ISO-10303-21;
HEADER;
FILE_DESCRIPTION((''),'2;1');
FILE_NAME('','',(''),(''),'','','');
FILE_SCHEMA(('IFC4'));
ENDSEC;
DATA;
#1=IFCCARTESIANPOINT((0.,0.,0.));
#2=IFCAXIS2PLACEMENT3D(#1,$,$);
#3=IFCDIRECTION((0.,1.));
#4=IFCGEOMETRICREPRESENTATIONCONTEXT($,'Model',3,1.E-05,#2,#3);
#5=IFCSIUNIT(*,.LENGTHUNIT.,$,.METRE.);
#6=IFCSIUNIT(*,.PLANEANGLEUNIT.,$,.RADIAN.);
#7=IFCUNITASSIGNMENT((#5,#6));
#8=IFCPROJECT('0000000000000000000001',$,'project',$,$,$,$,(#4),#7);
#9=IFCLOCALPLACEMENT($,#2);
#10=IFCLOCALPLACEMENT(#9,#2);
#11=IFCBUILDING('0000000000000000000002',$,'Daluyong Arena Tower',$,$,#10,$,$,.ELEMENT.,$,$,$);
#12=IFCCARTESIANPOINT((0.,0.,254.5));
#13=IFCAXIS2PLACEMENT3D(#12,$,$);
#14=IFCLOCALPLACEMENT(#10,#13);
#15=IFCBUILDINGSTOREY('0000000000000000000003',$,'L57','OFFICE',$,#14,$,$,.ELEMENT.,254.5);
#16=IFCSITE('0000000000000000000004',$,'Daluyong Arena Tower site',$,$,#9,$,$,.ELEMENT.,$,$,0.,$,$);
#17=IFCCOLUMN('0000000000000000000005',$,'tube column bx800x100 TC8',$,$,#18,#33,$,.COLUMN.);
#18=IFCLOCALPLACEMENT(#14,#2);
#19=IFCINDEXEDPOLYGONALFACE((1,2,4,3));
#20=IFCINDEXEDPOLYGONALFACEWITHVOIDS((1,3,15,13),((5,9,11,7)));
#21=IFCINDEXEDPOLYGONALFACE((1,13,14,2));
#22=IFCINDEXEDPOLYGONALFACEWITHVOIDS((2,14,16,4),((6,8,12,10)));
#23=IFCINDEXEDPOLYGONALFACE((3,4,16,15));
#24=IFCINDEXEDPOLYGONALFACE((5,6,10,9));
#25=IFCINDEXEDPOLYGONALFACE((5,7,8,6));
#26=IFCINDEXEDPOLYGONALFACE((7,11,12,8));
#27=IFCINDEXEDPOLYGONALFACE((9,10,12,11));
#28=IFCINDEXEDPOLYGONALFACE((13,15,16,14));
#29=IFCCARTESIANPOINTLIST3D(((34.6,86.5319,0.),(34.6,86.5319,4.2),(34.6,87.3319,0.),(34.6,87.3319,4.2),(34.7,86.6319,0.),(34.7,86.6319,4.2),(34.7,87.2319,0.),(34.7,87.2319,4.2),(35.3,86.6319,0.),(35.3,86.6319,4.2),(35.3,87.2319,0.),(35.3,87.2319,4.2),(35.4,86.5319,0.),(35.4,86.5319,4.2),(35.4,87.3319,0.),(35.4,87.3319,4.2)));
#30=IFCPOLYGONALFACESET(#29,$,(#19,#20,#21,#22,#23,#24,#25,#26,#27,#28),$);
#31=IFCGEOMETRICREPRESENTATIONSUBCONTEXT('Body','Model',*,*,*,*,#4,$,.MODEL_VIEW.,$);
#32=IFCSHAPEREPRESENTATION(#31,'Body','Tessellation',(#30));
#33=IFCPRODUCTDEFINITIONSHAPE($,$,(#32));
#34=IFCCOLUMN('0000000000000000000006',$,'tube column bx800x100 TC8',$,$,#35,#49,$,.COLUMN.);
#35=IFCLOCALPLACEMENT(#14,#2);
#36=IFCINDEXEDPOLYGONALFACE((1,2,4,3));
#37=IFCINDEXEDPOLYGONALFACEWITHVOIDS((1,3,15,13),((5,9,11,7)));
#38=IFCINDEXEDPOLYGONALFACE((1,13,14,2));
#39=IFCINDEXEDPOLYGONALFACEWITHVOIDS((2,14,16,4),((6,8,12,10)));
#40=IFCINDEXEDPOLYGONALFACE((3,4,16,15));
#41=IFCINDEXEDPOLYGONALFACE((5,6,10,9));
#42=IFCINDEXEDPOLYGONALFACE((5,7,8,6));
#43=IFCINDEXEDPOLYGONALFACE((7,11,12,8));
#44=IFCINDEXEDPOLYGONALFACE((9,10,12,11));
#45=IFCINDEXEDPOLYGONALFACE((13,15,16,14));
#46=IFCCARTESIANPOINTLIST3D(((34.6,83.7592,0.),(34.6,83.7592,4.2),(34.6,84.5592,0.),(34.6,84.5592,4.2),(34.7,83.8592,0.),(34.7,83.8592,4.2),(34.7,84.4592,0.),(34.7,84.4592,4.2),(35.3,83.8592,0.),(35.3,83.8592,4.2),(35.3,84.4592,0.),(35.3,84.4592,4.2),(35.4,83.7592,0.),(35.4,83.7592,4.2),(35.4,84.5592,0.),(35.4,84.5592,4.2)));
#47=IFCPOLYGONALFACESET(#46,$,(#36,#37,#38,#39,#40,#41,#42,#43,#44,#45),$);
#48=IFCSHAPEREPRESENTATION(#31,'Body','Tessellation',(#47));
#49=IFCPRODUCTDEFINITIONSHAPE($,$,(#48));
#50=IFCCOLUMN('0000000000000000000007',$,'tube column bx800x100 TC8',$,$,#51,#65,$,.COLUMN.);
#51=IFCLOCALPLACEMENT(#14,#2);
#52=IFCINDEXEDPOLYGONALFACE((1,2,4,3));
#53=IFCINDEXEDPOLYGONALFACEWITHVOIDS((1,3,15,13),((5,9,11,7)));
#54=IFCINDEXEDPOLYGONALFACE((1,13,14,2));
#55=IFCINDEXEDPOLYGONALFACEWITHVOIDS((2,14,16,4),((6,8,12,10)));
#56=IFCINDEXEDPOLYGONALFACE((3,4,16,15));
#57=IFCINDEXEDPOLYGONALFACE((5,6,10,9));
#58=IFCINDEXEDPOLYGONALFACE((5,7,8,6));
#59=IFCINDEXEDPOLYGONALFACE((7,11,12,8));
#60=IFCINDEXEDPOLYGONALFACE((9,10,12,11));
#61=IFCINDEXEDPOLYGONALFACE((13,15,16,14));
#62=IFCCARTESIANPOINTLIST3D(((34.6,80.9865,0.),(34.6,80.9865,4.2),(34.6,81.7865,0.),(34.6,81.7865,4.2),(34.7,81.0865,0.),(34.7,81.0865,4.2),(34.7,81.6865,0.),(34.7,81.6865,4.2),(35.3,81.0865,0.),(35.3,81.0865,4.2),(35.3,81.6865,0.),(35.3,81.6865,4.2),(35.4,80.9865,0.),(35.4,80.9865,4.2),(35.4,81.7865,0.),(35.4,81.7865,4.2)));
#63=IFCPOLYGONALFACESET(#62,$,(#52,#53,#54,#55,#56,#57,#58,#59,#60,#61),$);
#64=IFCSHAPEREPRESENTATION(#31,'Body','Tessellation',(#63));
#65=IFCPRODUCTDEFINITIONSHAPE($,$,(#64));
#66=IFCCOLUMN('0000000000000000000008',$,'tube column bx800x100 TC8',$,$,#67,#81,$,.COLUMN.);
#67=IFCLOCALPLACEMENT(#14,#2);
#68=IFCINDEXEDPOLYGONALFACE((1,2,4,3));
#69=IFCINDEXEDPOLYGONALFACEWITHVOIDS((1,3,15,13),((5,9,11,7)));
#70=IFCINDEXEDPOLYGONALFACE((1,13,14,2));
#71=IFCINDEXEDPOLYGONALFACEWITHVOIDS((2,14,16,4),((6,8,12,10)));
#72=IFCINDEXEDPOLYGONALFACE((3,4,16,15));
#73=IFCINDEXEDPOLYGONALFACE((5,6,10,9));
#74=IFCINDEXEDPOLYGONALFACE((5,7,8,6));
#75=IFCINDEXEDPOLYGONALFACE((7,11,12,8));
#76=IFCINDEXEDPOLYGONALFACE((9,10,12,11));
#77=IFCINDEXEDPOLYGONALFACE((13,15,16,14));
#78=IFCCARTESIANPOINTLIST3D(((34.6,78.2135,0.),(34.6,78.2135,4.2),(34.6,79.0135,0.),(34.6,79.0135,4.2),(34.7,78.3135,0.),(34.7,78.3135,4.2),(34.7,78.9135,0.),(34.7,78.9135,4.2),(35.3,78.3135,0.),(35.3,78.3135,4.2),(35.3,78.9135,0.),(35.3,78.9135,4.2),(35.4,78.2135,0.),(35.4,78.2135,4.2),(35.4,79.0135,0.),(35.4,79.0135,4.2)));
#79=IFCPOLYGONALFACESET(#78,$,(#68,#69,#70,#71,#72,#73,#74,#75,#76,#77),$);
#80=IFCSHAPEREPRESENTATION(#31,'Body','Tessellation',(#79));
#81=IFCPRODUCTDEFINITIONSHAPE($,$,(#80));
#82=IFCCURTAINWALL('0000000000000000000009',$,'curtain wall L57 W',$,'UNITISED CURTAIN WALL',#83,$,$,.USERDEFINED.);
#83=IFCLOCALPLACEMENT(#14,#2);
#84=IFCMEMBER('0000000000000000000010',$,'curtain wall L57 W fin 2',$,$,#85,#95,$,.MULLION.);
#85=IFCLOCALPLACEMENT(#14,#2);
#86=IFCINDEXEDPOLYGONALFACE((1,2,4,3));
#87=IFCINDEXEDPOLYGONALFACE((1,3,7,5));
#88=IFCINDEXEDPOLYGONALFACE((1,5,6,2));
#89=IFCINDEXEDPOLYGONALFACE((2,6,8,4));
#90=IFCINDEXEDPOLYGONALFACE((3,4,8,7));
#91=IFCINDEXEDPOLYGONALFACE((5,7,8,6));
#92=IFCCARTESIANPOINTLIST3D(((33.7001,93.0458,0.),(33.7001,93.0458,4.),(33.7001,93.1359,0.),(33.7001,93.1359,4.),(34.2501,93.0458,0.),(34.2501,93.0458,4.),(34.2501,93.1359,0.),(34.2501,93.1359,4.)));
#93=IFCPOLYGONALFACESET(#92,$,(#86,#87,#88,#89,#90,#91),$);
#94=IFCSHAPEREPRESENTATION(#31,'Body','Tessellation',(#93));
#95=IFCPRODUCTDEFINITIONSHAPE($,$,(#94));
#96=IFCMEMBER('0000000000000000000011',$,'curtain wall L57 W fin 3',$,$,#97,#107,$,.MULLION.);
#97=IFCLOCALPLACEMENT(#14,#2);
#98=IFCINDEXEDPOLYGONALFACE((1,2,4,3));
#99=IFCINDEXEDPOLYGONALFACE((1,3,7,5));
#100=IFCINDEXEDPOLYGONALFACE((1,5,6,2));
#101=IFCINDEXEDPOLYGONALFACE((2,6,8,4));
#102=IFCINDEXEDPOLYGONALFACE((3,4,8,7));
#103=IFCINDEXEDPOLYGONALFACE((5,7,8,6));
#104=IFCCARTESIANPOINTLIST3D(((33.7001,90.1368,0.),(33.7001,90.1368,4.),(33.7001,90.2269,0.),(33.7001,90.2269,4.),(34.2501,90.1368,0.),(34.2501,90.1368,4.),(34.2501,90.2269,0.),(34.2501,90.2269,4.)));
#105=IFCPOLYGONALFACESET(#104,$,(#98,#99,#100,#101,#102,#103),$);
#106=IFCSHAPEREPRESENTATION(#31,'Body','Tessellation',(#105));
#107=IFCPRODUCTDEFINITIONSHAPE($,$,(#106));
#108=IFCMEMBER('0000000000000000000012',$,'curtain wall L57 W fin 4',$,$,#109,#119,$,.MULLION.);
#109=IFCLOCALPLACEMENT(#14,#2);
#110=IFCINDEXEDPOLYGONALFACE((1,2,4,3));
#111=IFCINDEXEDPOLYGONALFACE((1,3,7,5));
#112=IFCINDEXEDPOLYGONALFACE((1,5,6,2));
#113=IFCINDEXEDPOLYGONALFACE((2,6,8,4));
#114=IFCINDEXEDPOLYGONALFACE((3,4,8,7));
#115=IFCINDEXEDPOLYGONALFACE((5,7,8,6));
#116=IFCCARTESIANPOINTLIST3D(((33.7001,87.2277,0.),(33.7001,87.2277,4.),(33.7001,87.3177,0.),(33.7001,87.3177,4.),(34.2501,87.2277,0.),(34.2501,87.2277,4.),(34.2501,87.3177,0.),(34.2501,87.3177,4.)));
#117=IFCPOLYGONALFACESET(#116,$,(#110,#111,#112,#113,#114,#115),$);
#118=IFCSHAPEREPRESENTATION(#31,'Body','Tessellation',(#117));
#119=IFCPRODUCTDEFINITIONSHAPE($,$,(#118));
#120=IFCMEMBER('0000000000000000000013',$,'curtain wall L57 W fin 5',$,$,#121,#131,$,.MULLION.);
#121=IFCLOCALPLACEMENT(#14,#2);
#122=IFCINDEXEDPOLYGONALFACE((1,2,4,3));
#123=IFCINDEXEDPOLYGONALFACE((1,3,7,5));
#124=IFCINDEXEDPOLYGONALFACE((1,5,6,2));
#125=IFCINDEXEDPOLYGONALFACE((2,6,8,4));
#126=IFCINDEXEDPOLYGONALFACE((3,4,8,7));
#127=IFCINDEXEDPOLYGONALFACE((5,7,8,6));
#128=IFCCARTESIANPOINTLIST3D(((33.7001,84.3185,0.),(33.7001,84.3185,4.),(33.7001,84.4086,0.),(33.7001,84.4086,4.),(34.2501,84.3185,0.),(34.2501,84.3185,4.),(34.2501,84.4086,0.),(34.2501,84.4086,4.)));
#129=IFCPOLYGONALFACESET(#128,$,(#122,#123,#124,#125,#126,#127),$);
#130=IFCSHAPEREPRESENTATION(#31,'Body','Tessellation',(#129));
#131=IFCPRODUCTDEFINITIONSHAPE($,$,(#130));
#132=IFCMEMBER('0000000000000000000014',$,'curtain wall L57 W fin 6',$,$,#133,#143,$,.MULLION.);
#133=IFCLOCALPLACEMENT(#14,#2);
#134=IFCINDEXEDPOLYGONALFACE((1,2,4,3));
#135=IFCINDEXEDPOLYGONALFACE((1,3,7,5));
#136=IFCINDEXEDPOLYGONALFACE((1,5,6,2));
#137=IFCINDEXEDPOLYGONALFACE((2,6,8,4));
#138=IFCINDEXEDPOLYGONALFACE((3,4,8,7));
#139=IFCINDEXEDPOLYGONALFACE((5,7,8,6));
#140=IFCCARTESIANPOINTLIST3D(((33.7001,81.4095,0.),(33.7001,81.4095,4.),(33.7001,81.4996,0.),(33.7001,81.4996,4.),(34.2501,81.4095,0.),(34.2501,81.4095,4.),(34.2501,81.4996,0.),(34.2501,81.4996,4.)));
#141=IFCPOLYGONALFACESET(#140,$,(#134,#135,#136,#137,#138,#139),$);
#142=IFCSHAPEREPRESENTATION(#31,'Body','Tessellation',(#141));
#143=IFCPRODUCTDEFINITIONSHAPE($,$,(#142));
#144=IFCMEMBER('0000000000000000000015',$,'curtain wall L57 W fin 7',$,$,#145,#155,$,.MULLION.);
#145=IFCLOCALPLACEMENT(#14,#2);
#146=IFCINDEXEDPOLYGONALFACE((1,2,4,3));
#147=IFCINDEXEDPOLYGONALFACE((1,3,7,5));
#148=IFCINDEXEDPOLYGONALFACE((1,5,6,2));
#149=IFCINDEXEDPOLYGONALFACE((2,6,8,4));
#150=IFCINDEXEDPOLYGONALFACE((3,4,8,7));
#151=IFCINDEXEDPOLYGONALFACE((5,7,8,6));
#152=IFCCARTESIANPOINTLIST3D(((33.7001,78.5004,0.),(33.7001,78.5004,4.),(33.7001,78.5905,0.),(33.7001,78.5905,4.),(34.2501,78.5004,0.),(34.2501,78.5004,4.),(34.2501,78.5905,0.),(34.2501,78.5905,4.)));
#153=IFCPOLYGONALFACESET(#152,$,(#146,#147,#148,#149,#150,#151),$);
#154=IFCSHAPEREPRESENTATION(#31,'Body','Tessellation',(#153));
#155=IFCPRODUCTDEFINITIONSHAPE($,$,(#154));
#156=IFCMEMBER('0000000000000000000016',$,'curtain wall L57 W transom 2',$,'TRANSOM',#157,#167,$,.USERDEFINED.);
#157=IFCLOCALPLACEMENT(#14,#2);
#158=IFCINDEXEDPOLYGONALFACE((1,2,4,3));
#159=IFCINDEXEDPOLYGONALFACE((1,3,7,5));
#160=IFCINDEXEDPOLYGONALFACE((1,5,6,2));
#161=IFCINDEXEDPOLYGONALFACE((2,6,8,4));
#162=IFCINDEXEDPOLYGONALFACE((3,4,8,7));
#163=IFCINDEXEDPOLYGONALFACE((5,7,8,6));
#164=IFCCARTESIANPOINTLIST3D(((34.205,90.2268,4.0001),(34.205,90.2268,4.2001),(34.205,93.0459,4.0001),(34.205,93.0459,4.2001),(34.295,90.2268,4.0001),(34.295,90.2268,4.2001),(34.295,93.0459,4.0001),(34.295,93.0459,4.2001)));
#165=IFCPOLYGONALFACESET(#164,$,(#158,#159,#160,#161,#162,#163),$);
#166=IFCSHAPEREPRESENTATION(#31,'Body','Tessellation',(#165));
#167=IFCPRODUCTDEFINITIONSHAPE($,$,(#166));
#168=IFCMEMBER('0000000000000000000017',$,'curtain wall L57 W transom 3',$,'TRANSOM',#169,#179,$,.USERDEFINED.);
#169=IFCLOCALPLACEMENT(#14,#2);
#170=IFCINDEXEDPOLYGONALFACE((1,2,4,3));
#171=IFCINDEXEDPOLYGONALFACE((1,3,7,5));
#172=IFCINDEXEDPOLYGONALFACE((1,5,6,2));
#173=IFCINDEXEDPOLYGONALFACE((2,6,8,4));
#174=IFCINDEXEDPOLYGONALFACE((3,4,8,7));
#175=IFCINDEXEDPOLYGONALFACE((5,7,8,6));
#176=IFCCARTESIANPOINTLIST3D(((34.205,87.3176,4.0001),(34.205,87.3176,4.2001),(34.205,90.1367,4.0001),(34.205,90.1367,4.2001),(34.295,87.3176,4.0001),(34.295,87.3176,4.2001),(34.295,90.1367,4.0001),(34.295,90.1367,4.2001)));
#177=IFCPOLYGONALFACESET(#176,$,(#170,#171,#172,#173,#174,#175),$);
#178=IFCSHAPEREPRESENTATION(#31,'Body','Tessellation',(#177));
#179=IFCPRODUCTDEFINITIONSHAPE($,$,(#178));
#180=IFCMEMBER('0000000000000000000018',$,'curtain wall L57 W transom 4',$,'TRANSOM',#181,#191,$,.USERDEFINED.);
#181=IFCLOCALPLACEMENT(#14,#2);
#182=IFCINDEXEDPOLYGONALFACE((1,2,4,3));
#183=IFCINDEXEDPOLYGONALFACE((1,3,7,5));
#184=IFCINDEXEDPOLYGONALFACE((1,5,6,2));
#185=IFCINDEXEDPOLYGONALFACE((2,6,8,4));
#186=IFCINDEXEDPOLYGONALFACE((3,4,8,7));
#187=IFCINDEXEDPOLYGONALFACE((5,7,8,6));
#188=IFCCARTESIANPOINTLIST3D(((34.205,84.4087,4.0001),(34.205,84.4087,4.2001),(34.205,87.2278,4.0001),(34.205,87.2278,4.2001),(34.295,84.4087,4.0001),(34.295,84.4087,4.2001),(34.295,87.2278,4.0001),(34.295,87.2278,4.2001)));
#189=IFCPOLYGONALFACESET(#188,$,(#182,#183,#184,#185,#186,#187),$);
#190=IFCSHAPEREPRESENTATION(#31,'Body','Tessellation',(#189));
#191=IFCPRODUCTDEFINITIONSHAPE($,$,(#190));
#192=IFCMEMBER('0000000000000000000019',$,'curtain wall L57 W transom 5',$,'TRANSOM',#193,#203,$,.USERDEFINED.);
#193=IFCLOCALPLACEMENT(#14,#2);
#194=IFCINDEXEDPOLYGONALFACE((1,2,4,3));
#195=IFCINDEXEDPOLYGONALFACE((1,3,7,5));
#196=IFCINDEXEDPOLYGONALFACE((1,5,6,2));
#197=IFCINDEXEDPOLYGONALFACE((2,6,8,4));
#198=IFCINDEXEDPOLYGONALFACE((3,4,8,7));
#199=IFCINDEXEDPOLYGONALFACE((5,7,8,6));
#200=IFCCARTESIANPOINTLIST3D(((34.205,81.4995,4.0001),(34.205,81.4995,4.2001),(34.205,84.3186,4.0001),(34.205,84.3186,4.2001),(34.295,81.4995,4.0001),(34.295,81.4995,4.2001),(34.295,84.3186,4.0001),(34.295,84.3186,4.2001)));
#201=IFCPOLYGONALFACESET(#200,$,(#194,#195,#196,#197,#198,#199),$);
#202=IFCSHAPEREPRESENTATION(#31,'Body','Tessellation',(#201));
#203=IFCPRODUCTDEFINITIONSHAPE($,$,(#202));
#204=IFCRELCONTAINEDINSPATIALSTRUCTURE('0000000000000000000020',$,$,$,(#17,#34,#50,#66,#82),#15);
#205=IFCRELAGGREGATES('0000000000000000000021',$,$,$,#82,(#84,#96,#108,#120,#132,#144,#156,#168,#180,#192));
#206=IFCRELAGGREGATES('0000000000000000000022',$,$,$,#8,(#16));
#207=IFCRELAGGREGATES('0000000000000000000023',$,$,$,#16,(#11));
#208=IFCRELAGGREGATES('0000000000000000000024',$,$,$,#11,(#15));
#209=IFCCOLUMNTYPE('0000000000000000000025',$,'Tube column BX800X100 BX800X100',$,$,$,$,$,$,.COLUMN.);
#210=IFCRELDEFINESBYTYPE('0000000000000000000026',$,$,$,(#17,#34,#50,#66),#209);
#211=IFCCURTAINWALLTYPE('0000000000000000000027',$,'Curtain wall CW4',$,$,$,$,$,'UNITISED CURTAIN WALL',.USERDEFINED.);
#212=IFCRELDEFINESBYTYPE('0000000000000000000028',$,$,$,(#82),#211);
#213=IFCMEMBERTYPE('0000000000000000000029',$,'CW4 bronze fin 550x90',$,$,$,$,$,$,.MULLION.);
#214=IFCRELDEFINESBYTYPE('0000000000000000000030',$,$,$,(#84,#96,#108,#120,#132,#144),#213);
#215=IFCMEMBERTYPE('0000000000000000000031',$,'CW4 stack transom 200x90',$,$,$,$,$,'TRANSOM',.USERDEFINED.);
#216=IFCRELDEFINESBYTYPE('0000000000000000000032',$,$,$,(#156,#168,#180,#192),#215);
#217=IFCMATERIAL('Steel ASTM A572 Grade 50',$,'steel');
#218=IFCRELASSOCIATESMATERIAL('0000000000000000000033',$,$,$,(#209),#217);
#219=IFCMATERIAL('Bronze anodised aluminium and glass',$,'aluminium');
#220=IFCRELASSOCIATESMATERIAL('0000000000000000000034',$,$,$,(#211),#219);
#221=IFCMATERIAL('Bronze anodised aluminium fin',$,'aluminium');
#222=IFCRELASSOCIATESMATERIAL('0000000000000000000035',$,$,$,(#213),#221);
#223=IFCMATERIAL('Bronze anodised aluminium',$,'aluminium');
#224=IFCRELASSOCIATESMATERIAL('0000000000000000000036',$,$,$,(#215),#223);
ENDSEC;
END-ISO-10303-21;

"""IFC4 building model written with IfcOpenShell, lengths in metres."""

from ifc_helpers import new_model, si_unit, direction, frame, origin, origin_2d, place, context, subcontext, project, spatial, rectangle, hollow_rectangle, extrude, material, material_profile, profile_set, type_object, element, aggregate, save


model = new_model("IFC4")

# Units and contexts
model_context = context("Model", 3, precision=1e-05, world=origin(), true_north=direction((0.0, 1.0)))
body_context = subcontext(model_context, "Body", "Model", "MODEL_VIEW")
ifc_project = project(units=[si_unit("LENGTHUNIT", "METRE"), si_unit("PLANEANGLEUNIT", "RADIAN")], contexts=[model_context])

# Site, building, storey
site_placement = place(None, origin())
site = spatial("IfcSite", under=ifc_project, at=site_placement, Name="Daluyong Arena Tower site", CompositionType="ELEMENT", RefElevation=0.0)
building_placement = place(site_placement, origin())
building = spatial("IfcBuilding", under=site, at=building_placement, Name="Daluyong Arena Tower", CompositionType="ELEMENT")
storey_placement = place(building_placement, frame((0.0, 0.0, 254.5)))
storey = spatial("IfcBuildingStorey", under=building, at=storey_placement, Name="L57", Description="OFFICE", CompositionType="ELEMENT", Elevation=254.5)

# Columns
ifc_material_1 = material(Name="Steel ASTM A572 Grade 50", Category="steel")
ifc_material_profile_1 = material_profile(ifc_material_1, hollow_rectangle(XDim=0.8, YDim=0.8, WallThickness=0.1, at=origin_2d()))
ifc_profile_set_1 = profile_set([ifc_material_profile_1], Name="Steel ASTM A572 Grade 50")
column_type = type_object("IfcColumnType", Name="Tube column BX800X100 BX800X100", PredefinedType="COLUMN", material=ifc_profile_set_1)
for number, where, z_axis, x_axis, name in (
    (1, (35.0, 86.9319, 0.0), (0.0, 0.0, 1.0), (0.0, 1.0, 0.0), "tube column bx800x100 TC8"),
    (2, (35.0, 84.1592, 0.0), (0.0, 0.0, 1.0), (0.0, 1.0, 0.0), "tube column bx800x100 TC8"),
    (3, (35.0, 81.3865, 0.0), (0.0, 0.0, 1.0), (0.0, 1.0, 0.0), "tube column bx800x100 TC8"),
    (4, (35.0, 78.6135, 0.0), (0.0, 0.0, 1.0), (0.0, 1.0, 0.0), "tube column bx800x100 TC8"),
):
    element("IfcColumn", number, at=place(storey_placement, frame(where, z_axis=z_axis, x_axis=x_axis)), inside=storey, type_object=column_type, Name=name, PredefinedType="COLUMN", context=body_context, shape_type="SweptSolid", body=[
        extrude(hollow_rectangle(XDim=0.8, YDim=0.8, WallThickness=0.1, at=origin_2d()), origin(), (0.0, 0.0, 1.0), 4.2),
    ])

# Curtain wall, members
ifc_material_2 = material(Name="Bronze anodised aluminium and glass", Category="aluminium")
curtain_wall_type = type_object("IfcCurtainWallType", Name="Curtain wall CW4", ElementType="UNITISED CURTAIN WALL", PredefinedType="USERDEFINED", material=ifc_material_2)
curtain_wall_placement = place(storey_placement, origin())
curtain_wall = element("IfcCurtainWall", 5, at=curtain_wall_placement, inside=storey, type_object=curtain_wall_type, Name="curtain wall L57 W", ObjectType="UNITISED CURTAIN WALL", PredefinedType="USERDEFINED")
ifc_material_3 = material(Name="Bronze anodised aluminium fin", Category="aluminium")
ifc_material_profile_2 = material_profile(ifc_material_3, rectangle(XDim=0.55, YDim=0.0901, at=origin_2d()))
ifc_profile_set_2 = profile_set([ifc_material_profile_2], Name="Bronze anodised aluminium fin")
member_type_1 = type_object("IfcMemberType", Name="CW4 bronze fin 550x90", PredefinedType="MULLION", material=ifc_profile_set_2)
member_1_placement = place(storey_placement, frame((33.9751, 93.0908, 0.0), z_axis=(0.0, 0.0, 1.0), x_axis=(1.0, 0.0, 0.0)))
member_1 = element("IfcMember", 6, at=member_1_placement, type_object=member_type_1, Name="curtain wall L57 W fin 2", PredefinedType="MULLION", context=body_context, shape_type="SweptSolid", body=[
    extrude(rectangle(XDim=0.55, YDim=0.0901, at=origin_2d()), origin(), (0.0, 0.0, 1.0), 4.0),
])
member_2_placement = place(storey_placement, frame((33.9751, 90.1819, 0.0), z_axis=(0.0, 0.0, 1.0), x_axis=(1.0, 0.0, 0.0)))
member_2 = element("IfcMember", 7, at=member_2_placement, type_object=member_type_1, Name="curtain wall L57 W fin 3", PredefinedType="MULLION", context=body_context, shape_type="SweptSolid", body=[
    extrude(rectangle(XDim=0.55, YDim=0.0901, at=origin_2d()), origin(), (0.0, 0.0, 1.0), 4.0),
])
member_3_placement = place(storey_placement, frame((33.9751, 87.2727, 0.0), z_axis=(0.0, 0.0, 1.0), x_axis=(1.0, 0.0, 0.0)))
member_3 = element("IfcMember", 8, at=member_3_placement, type_object=member_type_1, Name="curtain wall L57 W fin 4", PredefinedType="MULLION", context=body_context, shape_type="SweptSolid", body=[
    extrude(rectangle(XDim=0.55, YDim=0.0901, at=origin_2d()), origin(), (0.0, 0.0, 1.0), 4.0),
])
member_4_placement = place(storey_placement, frame((33.9751, 84.3635, 0.0), z_axis=(0.0, 0.0, 1.0), x_axis=(1.0, 0.0, 0.0)))
member_4 = element("IfcMember", 9, at=member_4_placement, type_object=member_type_1, Name="curtain wall L57 W fin 5", PredefinedType="MULLION", context=body_context, shape_type="SweptSolid", body=[
    extrude(rectangle(XDim=0.55, YDim=0.0901, at=origin_2d()), origin(), (0.0, 0.0, 1.0), 4.0),
])
member_5_placement = place(storey_placement, frame((33.9751, 81.4546, 0.0), z_axis=(0.0, 0.0, 1.0), x_axis=(1.0, 0.0, 0.0)))
member_5 = element("IfcMember", 10, at=member_5_placement, type_object=member_type_1, Name="curtain wall L57 W fin 6", PredefinedType="MULLION", context=body_context, shape_type="SweptSolid", body=[
    extrude(rectangle(XDim=0.55, YDim=0.0901, at=origin_2d()), origin(), (0.0, 0.0, 1.0), 4.0),
])
member_6_placement = place(storey_placement, frame((33.9751, 78.5454, 0.0), z_axis=(0.0, 0.0, 1.0), x_axis=(1.0, 0.0, 0.0)))
member_6 = element("IfcMember", 11, at=member_6_placement, type_object=member_type_1, Name="curtain wall L57 W fin 7", PredefinedType="MULLION", context=body_context, shape_type="SweptSolid", body=[
    extrude(rectangle(XDim=0.55, YDim=0.0901, at=origin_2d()), origin(), (0.0, 0.0, 1.0), 4.0),
])
ifc_material_4 = material(Name="Bronze anodised aluminium", Category="aluminium")
ifc_material_profile_3 = material_profile(ifc_material_4, rectangle(XDim=0.0901, YDim=0.2, at=origin_2d()))
ifc_profile_set_3 = profile_set([ifc_material_profile_3], Name="Bronze anodised aluminium")
member_type_2 = type_object("IfcMemberType", Name="CW4 stack transom 200x90", ElementType="TRANSOM", PredefinedType="USERDEFINED", material=ifc_profile_set_3)
member_7_placement = place(storey_placement, frame((34.25, 93.0459, 4.1001), z_axis=(0.0, -1.0, 0.0), x_axis=(1.0, 0.0, 0.0)))
member_7 = element("IfcMember", 12, at=member_7_placement, type_object=member_type_2, Name="curtain wall L57 W transom 2", ObjectType="TRANSOM", PredefinedType="USERDEFINED", context=body_context, shape_type="SweptSolid", body=[
    extrude(rectangle(XDim=0.0901, YDim=0.2, at=origin_2d()), origin(), (0.0, 0.0, 1.0), 2.8191),
])
member_8_placement = place(storey_placement, frame((34.25, 90.1367, 4.1001), z_axis=(0.0, -1.0, 0.0), x_axis=(1.0, 0.0, 0.0)))
member_8 = element("IfcMember", 13, at=member_8_placement, type_object=member_type_2, Name="curtain wall L57 W transom 3", ObjectType="TRANSOM", PredefinedType="USERDEFINED", context=body_context, shape_type="SweptSolid", body=[
    extrude(rectangle(XDim=0.0901, YDim=0.2, at=origin_2d()), origin(), (0.0, 0.0, 1.0), 2.8191),
])
member_9_placement = place(storey_placement, frame((34.25, 87.2278, 4.1001), z_axis=(0.0, -1.0, 0.0), x_axis=(1.0, 0.0, 0.0)))
member_9 = element("IfcMember", 14, at=member_9_placement, type_object=member_type_2, Name="curtain wall L57 W transom 4", ObjectType="TRANSOM", PredefinedType="USERDEFINED", context=body_context, shape_type="SweptSolid", body=[
    extrude(rectangle(XDim=0.0901, YDim=0.2, at=origin_2d()), origin(), (0.0, 0.0, 1.0), 2.8191),
])
member_10_placement = place(storey_placement, frame((34.25, 84.3186, 4.1001), z_axis=(0.0, -1.0, 0.0), x_axis=(1.0, 0.0, 0.0)))
member_10 = element("IfcMember", 15, at=member_10_placement, type_object=member_type_2, Name="curtain wall L57 W transom 5", ObjectType="TRANSOM", PredefinedType="USERDEFINED", context=body_context, shape_type="SweptSolid", body=[
    extrude(rectangle(XDim=0.0901, YDim=0.2, at=origin_2d()), origin(), (0.0, 0.0, 1.0), 2.8191),
])

aggregate(curtain_wall, [member_1, member_2, member_3, member_4, member_5, member_6, member_7, member_8, member_9, member_10])

save(model, "model.ifc")
